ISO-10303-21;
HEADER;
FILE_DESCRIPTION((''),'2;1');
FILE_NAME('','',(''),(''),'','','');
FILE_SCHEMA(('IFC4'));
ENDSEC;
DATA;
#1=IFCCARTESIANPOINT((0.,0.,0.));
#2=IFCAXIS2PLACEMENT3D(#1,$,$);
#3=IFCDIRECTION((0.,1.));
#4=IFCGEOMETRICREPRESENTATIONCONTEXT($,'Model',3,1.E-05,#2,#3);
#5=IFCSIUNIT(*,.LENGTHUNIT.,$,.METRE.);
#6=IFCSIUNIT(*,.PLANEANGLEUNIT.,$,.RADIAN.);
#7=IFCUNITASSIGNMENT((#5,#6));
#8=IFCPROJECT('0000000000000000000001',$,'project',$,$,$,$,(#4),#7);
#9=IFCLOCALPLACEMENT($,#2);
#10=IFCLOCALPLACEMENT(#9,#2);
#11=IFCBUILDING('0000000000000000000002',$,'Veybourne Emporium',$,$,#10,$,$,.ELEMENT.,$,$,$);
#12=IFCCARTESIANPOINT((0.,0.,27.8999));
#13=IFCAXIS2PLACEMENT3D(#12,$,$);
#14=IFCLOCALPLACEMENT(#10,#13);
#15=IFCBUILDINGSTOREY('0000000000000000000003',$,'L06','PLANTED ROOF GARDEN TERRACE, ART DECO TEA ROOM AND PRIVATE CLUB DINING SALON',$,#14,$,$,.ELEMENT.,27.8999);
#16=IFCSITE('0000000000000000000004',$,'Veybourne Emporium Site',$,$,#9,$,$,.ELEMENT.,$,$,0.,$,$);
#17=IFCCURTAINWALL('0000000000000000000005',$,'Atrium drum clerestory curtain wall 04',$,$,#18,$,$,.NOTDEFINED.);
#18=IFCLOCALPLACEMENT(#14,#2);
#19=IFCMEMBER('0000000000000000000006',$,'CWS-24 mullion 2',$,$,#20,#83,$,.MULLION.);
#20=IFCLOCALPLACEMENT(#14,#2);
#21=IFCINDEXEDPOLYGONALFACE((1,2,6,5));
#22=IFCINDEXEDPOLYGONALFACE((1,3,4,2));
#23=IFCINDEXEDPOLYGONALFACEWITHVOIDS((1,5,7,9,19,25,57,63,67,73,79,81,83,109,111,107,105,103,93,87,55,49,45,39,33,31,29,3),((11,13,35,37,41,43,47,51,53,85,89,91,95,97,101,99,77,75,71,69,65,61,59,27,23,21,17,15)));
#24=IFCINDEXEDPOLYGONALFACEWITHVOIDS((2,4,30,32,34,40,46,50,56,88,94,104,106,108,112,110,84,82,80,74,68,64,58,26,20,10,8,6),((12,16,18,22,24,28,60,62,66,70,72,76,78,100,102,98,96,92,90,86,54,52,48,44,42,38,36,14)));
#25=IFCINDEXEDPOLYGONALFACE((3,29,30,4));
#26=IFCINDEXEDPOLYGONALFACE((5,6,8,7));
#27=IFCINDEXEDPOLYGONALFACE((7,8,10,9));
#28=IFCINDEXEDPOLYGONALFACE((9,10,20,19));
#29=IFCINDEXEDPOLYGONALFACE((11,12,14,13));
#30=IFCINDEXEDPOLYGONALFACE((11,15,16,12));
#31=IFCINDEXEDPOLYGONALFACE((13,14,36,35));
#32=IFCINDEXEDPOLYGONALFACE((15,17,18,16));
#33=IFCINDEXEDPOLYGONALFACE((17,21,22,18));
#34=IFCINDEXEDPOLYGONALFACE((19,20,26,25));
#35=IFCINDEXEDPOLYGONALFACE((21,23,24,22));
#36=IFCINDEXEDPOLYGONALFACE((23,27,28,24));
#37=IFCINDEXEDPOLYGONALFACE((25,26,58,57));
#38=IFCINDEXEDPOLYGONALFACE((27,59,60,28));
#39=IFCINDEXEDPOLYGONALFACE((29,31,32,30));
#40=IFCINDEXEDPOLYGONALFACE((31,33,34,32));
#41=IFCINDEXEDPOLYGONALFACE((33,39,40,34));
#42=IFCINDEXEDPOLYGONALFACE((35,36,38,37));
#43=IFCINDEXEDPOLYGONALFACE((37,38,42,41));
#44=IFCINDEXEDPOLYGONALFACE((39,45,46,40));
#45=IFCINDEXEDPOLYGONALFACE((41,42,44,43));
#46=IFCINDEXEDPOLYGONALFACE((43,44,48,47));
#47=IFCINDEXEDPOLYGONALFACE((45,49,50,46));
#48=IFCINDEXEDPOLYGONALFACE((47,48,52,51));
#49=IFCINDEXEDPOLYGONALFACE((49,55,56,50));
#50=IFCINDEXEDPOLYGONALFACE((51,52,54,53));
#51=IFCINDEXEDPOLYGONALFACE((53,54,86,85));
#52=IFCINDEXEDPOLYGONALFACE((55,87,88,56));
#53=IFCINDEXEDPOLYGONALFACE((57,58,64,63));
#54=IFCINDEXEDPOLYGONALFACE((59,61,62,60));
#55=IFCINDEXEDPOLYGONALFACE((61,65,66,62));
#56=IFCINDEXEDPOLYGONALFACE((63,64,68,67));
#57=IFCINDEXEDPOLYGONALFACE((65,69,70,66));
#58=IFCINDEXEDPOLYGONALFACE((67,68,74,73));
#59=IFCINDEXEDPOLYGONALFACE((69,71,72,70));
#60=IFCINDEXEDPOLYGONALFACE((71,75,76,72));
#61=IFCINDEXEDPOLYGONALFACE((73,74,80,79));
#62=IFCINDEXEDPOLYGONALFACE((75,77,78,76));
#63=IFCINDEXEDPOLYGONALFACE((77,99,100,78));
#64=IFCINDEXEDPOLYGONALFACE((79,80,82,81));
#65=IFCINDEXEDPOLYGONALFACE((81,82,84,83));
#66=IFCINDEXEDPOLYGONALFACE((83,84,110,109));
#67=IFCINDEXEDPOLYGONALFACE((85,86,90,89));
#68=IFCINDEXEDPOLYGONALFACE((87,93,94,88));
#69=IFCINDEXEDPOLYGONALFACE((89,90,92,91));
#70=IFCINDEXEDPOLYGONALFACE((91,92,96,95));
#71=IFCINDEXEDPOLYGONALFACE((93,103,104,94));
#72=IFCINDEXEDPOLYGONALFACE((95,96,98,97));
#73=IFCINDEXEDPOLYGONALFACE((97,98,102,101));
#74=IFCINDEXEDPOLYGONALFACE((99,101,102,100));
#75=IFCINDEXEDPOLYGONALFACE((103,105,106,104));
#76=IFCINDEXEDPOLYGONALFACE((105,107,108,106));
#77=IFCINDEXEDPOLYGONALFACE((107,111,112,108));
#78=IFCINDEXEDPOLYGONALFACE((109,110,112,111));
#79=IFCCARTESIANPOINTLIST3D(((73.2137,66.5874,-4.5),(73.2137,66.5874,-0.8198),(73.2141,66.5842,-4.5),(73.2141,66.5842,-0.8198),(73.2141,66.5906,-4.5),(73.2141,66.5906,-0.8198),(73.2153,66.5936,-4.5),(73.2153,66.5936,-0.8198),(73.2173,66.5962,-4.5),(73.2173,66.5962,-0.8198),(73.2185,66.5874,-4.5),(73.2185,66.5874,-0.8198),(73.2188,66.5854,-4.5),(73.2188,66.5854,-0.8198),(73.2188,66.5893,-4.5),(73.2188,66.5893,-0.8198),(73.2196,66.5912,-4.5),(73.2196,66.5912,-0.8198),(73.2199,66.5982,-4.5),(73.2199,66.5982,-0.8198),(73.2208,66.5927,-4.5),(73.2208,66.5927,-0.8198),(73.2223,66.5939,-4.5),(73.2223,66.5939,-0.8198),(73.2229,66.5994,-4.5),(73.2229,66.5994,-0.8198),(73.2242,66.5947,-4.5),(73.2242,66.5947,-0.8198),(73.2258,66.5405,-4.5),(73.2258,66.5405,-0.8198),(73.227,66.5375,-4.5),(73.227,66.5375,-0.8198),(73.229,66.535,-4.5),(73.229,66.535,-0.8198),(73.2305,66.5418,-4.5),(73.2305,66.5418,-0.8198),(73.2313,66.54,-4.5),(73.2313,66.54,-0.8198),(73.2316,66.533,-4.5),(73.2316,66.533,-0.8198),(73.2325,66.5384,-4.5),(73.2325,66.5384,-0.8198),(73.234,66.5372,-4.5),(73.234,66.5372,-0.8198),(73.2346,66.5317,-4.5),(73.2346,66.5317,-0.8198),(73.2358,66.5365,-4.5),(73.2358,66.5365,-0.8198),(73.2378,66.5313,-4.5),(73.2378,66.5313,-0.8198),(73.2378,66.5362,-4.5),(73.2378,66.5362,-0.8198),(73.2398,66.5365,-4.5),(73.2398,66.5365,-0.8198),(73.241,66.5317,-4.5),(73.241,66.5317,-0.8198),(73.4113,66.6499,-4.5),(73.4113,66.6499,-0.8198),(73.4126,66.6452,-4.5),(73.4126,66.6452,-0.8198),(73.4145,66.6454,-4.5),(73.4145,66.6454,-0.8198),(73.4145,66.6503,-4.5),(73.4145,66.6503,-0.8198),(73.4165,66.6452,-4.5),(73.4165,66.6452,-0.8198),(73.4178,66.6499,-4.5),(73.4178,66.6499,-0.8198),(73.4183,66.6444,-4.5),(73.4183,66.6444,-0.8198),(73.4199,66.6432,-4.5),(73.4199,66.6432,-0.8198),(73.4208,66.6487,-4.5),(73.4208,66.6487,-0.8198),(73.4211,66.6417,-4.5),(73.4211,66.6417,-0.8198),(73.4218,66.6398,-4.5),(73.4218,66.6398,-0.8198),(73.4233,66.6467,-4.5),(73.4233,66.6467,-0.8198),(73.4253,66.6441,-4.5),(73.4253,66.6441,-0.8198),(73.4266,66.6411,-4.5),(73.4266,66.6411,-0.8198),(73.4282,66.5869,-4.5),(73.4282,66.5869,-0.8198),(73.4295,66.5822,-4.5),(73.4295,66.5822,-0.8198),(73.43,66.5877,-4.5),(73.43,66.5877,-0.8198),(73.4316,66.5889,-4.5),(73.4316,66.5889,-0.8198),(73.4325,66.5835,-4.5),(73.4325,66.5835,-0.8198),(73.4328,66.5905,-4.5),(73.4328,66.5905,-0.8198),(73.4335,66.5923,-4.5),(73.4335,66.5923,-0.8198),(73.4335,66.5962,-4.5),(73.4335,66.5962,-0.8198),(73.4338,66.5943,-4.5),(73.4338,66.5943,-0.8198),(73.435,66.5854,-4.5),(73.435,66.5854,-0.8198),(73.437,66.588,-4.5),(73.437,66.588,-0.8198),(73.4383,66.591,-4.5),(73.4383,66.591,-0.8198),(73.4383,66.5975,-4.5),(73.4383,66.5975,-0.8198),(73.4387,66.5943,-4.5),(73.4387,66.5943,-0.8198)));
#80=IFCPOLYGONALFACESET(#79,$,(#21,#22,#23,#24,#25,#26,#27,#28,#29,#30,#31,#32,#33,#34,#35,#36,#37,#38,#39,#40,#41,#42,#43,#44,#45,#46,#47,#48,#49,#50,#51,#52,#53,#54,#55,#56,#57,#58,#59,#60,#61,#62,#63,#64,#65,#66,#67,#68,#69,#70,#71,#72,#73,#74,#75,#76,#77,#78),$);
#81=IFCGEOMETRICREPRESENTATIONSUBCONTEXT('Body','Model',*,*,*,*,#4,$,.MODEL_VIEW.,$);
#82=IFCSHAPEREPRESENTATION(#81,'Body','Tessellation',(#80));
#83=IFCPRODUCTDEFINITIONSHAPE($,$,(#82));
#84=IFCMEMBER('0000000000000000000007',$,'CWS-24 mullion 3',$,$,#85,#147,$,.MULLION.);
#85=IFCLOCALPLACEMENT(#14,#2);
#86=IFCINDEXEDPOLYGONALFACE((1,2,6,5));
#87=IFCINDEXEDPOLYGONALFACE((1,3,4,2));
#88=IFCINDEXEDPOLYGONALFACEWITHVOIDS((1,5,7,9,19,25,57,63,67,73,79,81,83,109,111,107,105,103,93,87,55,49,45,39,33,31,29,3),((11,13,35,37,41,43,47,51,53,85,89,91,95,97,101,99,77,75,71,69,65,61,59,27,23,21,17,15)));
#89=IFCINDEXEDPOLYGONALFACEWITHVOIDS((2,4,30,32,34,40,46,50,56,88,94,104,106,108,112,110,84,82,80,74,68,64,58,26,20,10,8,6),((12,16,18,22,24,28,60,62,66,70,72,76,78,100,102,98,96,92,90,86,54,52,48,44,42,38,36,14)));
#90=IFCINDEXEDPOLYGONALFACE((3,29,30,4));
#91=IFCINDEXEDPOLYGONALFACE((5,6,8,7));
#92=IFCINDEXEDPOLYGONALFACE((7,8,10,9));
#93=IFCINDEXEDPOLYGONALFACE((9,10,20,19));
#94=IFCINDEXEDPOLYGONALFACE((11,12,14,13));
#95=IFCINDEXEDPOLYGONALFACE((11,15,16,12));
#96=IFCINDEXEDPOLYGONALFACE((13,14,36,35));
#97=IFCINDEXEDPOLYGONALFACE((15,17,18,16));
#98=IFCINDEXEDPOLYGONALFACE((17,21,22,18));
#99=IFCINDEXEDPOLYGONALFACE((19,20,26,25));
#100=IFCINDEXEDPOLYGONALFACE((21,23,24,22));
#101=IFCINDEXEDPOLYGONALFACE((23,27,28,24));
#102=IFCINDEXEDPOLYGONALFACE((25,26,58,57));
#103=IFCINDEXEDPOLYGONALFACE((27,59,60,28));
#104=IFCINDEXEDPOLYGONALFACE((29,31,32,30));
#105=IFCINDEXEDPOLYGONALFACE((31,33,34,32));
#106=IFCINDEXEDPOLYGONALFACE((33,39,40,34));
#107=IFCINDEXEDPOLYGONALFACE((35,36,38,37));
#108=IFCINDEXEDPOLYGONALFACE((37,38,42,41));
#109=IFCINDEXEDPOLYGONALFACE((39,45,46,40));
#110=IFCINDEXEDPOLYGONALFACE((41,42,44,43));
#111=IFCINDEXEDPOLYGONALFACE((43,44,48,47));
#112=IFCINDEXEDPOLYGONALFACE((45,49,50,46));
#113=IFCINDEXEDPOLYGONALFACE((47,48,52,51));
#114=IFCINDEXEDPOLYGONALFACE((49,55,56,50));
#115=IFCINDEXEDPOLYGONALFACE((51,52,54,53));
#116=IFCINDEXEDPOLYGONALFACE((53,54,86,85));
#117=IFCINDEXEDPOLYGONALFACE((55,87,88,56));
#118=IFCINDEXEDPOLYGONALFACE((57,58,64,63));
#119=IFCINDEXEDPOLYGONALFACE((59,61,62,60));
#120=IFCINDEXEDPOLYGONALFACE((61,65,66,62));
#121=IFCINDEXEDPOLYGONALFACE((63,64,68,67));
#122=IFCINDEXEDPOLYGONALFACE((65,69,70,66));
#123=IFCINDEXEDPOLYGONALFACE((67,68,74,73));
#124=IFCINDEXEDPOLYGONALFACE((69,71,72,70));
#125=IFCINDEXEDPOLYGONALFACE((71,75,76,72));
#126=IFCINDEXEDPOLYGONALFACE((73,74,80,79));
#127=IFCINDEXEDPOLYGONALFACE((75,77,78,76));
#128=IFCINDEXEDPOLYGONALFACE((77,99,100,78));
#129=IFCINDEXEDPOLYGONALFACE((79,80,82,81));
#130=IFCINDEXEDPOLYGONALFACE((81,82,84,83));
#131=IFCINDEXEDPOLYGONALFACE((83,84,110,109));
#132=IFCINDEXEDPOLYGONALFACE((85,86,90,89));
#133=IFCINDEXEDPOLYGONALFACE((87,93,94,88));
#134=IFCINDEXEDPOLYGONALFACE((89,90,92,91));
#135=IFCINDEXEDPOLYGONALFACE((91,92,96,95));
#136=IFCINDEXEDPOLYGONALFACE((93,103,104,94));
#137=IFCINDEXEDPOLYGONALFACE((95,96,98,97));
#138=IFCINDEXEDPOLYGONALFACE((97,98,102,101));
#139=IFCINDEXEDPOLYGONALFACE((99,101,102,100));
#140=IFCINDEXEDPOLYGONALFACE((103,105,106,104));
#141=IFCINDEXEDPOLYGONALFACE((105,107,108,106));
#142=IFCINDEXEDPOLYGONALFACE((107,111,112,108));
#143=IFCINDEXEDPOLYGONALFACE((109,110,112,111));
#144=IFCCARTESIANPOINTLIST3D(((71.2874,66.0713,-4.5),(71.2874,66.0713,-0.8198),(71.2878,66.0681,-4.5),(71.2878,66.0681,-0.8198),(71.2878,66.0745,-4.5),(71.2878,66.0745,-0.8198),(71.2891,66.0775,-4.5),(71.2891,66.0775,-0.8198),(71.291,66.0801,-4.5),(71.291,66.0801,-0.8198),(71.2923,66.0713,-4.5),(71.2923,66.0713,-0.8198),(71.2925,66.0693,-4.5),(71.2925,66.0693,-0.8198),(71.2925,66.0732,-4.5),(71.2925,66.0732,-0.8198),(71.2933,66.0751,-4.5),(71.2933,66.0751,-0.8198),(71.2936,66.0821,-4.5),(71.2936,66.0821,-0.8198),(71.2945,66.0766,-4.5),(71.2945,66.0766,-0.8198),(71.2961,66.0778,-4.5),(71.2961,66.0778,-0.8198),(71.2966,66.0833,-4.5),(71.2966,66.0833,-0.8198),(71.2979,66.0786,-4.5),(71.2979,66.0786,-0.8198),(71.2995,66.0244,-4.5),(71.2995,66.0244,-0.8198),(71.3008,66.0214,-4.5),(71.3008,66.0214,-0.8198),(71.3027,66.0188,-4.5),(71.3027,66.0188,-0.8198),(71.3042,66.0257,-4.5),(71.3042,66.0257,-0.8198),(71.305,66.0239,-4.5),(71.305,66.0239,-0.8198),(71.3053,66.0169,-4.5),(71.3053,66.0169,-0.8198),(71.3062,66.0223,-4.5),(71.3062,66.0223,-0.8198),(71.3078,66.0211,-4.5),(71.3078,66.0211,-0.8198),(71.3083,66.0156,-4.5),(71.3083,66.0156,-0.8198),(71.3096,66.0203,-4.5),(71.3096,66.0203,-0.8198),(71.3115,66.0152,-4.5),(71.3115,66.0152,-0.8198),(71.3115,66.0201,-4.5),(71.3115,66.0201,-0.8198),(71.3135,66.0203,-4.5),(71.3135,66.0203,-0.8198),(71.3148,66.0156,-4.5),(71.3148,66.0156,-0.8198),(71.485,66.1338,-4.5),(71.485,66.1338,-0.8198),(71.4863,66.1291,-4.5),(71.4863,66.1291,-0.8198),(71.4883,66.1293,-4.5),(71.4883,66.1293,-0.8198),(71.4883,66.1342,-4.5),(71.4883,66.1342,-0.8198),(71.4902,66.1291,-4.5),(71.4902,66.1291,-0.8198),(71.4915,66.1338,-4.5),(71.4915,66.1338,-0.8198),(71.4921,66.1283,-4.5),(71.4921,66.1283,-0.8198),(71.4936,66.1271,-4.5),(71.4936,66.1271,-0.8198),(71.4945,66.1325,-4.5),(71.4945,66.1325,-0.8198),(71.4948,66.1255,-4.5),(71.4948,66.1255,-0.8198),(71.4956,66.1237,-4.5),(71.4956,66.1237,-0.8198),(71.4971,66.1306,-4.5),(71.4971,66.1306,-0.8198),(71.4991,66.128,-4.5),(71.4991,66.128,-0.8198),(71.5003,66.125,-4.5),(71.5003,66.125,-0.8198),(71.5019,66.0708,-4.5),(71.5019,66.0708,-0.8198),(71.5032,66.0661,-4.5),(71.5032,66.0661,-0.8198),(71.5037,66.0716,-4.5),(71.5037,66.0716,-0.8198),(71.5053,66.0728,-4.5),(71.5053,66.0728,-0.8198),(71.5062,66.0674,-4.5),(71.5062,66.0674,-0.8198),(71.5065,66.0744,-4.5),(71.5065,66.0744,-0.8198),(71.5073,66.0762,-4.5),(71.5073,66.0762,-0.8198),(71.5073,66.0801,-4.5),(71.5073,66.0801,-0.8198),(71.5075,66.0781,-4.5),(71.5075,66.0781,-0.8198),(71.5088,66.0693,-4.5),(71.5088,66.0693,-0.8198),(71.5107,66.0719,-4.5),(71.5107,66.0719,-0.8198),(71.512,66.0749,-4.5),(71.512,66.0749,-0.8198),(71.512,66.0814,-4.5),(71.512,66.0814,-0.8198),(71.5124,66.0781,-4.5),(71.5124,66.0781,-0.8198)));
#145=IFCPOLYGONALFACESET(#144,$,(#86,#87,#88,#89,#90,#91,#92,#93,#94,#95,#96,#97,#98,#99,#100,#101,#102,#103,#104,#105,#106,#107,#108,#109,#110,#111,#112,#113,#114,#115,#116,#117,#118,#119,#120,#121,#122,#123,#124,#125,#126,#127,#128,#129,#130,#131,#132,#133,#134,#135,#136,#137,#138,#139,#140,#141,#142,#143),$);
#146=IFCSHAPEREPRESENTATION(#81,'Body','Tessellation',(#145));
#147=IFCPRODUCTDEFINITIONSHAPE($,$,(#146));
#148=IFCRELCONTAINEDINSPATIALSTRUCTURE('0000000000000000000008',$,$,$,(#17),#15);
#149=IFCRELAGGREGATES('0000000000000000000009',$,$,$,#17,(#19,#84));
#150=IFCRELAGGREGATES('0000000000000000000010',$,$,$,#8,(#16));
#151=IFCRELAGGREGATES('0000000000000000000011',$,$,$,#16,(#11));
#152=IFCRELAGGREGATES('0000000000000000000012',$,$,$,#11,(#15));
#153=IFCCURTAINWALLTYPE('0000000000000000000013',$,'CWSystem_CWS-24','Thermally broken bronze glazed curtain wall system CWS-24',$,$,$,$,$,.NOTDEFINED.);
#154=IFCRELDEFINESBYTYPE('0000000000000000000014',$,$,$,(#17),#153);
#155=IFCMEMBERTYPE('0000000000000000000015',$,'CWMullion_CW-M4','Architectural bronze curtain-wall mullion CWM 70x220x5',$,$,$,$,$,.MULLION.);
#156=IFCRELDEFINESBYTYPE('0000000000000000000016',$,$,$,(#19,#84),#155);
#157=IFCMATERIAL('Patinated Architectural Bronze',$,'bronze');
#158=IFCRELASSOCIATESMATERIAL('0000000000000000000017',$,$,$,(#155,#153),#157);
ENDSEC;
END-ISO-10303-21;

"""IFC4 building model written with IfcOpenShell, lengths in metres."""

from ifc_helpers import new_model, si_unit, direction, frame, origin, origin_2d, place, context, subcontext, project, spatial, hollow_rectangle, extrude, material, material_profile, profile_set, type_object, element, aggregate, save


model = new_model("IFC4")

# Units and contexts
model_context = context("Model", 3, precision=1e-05, world=origin(), true_north=direction((0.0, 1.0)))
body_context = subcontext(model_context, "Body", "Model", "MODEL_VIEW")
ifc_project = project(units=[si_unit("LENGTHUNIT", "METRE"), si_unit("PLANEANGLEUNIT", "RADIAN")], contexts=[model_context])

# Site, building, storey
site_placement = place(None, origin())
site = spatial("IfcSite", under=ifc_project, at=site_placement, Name="Veybourne Emporium Site", CompositionType="ELEMENT", RefElevation=0.0)
building_placement = place(site_placement, origin())
building = spatial("IfcBuilding", under=site, at=building_placement, Name="Veybourne Emporium", CompositionType="ELEMENT")
storey_placement = place(building_placement, frame((0.0, 0.0, 27.8999)))
storey = spatial("IfcBuildingStorey", under=building, at=storey_placement, Name="L06", Description="PLANTED ROOF GARDEN TERRACE, ART DECO TEA ROOM AND PRIVATE CLUB DINING SALON", CompositionType="ELEMENT", Elevation=27.8999)

# Curtain wall, members
ifc_material_1 = material(Name="Patinated Architectural Bronze", Category="bronze")
ifc_material_profile_1 = material_profile(ifc_material_1, hollow_rectangle(XDim=0.0701, YDim=0.22, WallThickness=0.0049, InnerFilletRadius=0.0076, OuterFilletRadius=0.0125, at=origin_2d()), Name="CWM 70x220x5")
ifc_profile_set_1 = profile_set([ifc_material_profile_1], Name="Patinated Architectural Bronze")
member_type_1 = type_object("IfcMemberType", Name="CWMullion_CW-M4", Description="Architectural bronze curtain-wall mullion CWM 70x220x5", PredefinedType="MULLION", material=ifc_profile_set_1)
curtain_wall_type_1 = type_object("IfcCurtainWallType", Name="CWSystem_CWS-24", Description="Thermally broken bronze glazed curtain wall system CWS-24", PredefinedType="NOTDEFINED", material=ifc_material_1)
curtain_wall_1_placement = place(storey_placement, origin())
curtain_wall_1 = element("IfcCurtainWall", 1, at=curtain_wall_1_placement, inside=storey, type_object=curtain_wall_type_1, Name="Atrium drum clerestory curtain wall 04", PredefinedType="NOTDEFINED")
member_1_placement = place(storey_placement, frame((73.3262, 66.5908, -4.5), z_axis=(0.0, 0.0, 1.0), x_axis=(0.25882, -0.965926, 0.0)))
member_1 = element("IfcMember", 2, at=member_1_placement, type_object=member_type_1, Name="CWS-24 mullion 2", PredefinedType="MULLION", context=body_context, shape_type="SweptSolid", body=[
    extrude(hollow_rectangle(XDim=0.0701, YDim=0.22, WallThickness=0.0049, InnerFilletRadius=0.0076, OuterFilletRadius=0.0125, at=origin_2d()), origin(), (0.0, 0.0, 1.0), 3.6802),
])
member_2_placement = place(storey_placement, frame((71.3999, 66.0747, -4.5), z_axis=(0.0, 0.0, 1.0), x_axis=(0.25882, -0.965926, 0.0)))
member_2 = element("IfcMember", 3, at=member_2_placement, type_object=member_type_1, Name="CWS-24 mullion 3", PredefinedType="MULLION", context=body_context, shape_type="SweptSolid", body=[
    extrude(hollow_rectangle(XDim=0.0701, YDim=0.22, WallThickness=0.0049, InnerFilletRadius=0.0076, OuterFilletRadius=0.0125, at=origin_2d()), origin(), (0.0, 0.0, 1.0), 3.6802),
])

aggregate(curtain_wall_1, [member_1, member_2])

save(model, "model.ifc")
